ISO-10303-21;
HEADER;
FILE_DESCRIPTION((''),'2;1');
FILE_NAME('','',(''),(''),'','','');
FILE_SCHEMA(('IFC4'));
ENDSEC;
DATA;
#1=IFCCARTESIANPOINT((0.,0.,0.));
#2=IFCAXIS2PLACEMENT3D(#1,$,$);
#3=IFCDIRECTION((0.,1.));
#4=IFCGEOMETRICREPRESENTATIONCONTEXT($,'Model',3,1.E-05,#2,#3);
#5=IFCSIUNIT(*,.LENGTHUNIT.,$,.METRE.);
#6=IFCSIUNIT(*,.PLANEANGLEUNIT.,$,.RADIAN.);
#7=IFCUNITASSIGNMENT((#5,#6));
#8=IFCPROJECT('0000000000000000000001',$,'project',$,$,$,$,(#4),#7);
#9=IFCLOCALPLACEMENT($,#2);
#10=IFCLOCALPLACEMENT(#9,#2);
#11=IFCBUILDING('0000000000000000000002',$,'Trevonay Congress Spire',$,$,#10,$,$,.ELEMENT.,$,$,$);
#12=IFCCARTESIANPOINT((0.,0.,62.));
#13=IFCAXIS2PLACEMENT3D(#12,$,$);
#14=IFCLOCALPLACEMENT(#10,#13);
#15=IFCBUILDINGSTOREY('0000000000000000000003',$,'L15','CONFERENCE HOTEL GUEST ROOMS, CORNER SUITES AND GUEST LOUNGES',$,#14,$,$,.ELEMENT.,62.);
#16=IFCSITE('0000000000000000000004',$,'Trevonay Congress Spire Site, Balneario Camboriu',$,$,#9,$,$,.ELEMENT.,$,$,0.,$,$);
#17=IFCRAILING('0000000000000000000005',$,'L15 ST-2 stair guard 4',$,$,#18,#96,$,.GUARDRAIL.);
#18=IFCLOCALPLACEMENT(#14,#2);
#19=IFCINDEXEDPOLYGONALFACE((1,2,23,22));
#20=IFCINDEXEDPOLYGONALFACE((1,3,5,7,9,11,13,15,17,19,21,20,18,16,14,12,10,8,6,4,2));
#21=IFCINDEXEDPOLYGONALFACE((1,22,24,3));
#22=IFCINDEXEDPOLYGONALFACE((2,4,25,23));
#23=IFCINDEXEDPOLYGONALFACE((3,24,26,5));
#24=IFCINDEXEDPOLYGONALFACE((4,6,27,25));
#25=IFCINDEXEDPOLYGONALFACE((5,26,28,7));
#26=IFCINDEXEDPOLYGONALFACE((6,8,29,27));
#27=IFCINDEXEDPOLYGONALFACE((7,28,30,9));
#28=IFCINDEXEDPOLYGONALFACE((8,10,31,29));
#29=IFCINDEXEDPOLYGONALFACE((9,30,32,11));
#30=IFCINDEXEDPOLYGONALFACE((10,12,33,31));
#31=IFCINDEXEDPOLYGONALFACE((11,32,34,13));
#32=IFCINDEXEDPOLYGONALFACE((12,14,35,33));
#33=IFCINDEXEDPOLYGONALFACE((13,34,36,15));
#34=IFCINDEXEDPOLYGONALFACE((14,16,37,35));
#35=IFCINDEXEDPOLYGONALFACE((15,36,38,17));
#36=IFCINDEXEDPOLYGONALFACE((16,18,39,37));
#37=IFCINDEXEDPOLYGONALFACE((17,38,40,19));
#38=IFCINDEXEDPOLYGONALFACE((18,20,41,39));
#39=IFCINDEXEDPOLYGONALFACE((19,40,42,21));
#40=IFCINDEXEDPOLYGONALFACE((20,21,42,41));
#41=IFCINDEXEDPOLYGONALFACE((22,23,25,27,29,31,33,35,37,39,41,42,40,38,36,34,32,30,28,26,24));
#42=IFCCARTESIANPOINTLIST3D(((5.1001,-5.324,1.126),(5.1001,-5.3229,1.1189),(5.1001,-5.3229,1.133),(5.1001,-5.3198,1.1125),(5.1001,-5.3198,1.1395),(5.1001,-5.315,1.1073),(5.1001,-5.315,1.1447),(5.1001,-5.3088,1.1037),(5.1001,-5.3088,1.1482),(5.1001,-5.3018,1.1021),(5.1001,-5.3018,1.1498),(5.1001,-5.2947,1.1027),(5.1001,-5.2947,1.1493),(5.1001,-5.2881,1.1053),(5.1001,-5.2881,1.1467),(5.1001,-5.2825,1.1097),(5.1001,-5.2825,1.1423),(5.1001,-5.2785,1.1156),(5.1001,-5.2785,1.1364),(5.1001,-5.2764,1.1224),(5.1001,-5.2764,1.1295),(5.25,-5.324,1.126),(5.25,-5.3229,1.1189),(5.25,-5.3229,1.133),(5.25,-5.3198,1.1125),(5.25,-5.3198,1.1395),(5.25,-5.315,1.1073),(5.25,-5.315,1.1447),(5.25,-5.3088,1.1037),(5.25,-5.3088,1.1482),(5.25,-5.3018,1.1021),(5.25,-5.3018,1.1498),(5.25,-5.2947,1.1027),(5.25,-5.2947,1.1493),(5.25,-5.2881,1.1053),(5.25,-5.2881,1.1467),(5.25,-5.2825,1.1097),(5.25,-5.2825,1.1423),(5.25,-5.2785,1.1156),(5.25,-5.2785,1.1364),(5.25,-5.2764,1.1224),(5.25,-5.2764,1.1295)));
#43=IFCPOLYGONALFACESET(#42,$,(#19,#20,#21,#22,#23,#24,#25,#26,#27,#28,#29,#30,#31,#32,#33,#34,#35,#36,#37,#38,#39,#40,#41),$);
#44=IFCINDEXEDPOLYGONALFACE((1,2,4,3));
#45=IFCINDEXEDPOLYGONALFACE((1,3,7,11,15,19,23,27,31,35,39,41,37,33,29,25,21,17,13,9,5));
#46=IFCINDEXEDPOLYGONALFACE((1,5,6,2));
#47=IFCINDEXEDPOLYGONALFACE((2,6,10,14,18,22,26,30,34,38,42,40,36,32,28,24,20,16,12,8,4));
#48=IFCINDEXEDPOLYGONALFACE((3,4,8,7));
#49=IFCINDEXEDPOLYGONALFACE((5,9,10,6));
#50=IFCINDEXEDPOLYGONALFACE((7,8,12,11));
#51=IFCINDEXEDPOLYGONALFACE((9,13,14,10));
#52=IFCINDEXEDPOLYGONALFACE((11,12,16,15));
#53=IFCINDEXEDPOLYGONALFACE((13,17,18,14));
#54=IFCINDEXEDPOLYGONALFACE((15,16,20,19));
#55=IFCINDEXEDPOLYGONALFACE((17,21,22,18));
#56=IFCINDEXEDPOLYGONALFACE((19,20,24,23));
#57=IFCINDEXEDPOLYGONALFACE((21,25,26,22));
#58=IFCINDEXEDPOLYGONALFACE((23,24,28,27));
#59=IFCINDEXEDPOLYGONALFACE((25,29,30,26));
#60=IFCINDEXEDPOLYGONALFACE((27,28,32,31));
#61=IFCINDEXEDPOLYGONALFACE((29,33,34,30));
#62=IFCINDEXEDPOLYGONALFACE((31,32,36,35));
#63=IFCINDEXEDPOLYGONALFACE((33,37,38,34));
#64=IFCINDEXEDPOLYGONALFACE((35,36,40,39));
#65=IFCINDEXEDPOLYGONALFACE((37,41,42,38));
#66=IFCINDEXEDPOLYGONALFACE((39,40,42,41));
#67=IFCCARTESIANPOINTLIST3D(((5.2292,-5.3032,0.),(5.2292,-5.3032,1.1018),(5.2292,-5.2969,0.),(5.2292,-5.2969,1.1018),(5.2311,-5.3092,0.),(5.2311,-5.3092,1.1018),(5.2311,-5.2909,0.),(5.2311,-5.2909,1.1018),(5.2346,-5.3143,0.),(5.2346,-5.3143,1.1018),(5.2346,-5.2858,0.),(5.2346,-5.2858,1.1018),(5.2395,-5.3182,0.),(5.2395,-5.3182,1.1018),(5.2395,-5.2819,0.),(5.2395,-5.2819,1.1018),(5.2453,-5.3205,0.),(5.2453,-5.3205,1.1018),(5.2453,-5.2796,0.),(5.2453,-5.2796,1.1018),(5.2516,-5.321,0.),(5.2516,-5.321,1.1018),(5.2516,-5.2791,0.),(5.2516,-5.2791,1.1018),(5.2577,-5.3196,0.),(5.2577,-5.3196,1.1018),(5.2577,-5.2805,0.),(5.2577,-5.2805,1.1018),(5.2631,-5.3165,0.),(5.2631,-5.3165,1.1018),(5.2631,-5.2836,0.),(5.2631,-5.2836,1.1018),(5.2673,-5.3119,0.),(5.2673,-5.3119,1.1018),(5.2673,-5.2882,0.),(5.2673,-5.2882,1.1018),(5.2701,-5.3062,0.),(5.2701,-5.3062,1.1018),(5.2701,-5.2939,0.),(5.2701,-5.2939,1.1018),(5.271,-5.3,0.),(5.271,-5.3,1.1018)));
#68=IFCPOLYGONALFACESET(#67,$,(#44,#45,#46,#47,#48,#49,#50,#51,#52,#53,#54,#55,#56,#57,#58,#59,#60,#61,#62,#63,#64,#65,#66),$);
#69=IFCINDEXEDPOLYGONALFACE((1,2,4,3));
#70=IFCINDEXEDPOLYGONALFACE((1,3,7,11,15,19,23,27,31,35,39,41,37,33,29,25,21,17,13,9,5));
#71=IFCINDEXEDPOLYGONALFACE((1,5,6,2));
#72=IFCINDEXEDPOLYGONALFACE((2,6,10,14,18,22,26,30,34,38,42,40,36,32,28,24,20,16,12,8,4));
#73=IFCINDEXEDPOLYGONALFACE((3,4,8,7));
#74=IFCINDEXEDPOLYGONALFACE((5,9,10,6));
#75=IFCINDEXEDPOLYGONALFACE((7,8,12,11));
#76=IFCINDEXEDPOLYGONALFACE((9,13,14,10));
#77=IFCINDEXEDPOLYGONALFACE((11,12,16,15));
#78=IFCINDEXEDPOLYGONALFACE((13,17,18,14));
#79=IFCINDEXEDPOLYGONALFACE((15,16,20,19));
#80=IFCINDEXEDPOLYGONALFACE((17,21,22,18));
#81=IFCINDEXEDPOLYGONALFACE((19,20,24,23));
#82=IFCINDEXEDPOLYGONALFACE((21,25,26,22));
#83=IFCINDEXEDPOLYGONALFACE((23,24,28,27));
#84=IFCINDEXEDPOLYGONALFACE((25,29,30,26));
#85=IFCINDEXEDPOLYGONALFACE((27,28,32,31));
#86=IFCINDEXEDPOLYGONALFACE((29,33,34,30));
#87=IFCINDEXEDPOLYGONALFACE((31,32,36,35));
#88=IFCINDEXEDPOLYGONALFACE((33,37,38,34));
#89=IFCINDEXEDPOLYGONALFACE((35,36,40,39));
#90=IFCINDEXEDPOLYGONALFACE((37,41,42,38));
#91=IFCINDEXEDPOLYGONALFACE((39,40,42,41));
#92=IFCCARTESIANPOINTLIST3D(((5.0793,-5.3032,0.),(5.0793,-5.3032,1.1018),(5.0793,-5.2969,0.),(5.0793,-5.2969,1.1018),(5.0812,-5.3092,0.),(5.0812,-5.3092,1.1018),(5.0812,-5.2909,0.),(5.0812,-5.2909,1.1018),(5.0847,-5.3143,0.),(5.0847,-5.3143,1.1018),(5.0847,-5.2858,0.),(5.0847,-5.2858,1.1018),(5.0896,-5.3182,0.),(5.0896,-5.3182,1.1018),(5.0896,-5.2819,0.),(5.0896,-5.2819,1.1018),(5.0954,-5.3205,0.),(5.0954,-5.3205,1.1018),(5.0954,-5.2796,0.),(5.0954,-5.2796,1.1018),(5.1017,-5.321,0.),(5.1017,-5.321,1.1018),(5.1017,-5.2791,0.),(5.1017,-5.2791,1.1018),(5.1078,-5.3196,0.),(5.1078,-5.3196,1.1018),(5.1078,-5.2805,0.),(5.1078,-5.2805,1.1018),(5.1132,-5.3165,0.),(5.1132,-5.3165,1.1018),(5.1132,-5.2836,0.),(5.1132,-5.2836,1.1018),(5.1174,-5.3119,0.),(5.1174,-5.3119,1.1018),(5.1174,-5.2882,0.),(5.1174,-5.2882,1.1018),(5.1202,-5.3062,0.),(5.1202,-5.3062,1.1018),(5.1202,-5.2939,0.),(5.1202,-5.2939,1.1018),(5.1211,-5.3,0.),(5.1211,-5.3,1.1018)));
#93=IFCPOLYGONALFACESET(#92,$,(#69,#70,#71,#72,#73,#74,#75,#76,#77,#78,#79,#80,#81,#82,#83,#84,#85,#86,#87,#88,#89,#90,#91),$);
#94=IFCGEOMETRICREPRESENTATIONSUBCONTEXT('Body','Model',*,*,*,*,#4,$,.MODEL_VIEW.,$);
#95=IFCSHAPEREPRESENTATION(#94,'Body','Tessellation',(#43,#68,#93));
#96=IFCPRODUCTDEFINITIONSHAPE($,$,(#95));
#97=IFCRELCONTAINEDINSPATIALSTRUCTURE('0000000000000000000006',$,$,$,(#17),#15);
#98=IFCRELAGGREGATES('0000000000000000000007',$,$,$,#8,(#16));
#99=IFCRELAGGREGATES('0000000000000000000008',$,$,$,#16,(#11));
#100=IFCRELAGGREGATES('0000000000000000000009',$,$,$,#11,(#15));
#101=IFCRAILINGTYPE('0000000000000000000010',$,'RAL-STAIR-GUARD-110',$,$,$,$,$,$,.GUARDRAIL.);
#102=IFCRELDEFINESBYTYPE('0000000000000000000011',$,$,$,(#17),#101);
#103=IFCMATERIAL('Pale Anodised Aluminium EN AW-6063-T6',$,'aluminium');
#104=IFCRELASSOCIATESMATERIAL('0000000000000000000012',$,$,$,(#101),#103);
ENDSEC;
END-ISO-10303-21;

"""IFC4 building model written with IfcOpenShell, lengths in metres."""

from ifc_helpers import new_model, si_unit, direction, frame, origin, origin_2d, place, context, subcontext, project, spatial, circle, extrude, material, type_object, element, save


model = new_model("IFC4")

# Units and contexts
model_context = context("Model", 3, precision=1e-05, world=origin(), true_north=direction((0.0, 1.0)))
body_context = subcontext(model_context, "Body", "Model", "MODEL_VIEW")
ifc_project = project(units=[si_unit("LENGTHUNIT", "METRE"), si_unit("PLANEANGLEUNIT", "RADIAN")], contexts=[model_context])

# Site, building, storey
site_placement = place(None, origin())
site = spatial("IfcSite", under=ifc_project, at=site_placement, Name="Trevonay Congress Spire Site, Balneario Camboriu", CompositionType="ELEMENT", RefElevation=0.0)
building_placement = place(site_placement, origin())
building = spatial("IfcBuilding", under=site, at=building_placement, Name="Trevonay Congress Spire", CompositionType="ELEMENT")
storey_placement = place(building_placement, frame((0.0, 0.0, 62.0)))
storey = spatial("IfcBuildingStorey", under=building, at=storey_placement, Name="L15", Description="CONFERENCE HOTEL GUEST ROOMS, CORNER SUITES AND GUEST LOUNGES", CompositionType="ELEMENT", Elevation=62.0)

# Shared definitions
ifc_material_1 = material(Name="Pale Anodised Aluminium EN AW-6063-T6", Category="aluminium")

# Railing
railing_type = type_object("IfcRailingType", Name="RAL-STAIR-GUARD-110", PredefinedType="GUARDRAIL", material=ifc_material_1)
railing_1_placement = place(storey_placement, frame((5.25, -5.3, 0.0)))
element("IfcRailing", 1, at=railing_1_placement, inside=storey, type_object=railing_type, Name="L15 ST-2 stair guard 4", PredefinedType="GUARDRAIL", context=body_context, shape_type="SweptSolid", body=[
    extrude(circle(Radius=0.0239, at=origin_2d()), frame((0.0, 0.0, 1.126), z_axis=(-1.0, 0.0, 0.0), x_axis=(0.0, -1.0, 0.0)), (0.0, 0.0, 1.0), 0.1499),
    extrude(circle(Radius=0.021, at=origin_2d()), origin(), (0.0, 0.0, 1.0), 1.1018),
    extrude(circle(Radius=0.021, at=origin_2d()), frame((-0.1499, 0.0, 0.0)), (0.0, 0.0, 1.0), 1.1018),
])

save(model, "model.ifc")
